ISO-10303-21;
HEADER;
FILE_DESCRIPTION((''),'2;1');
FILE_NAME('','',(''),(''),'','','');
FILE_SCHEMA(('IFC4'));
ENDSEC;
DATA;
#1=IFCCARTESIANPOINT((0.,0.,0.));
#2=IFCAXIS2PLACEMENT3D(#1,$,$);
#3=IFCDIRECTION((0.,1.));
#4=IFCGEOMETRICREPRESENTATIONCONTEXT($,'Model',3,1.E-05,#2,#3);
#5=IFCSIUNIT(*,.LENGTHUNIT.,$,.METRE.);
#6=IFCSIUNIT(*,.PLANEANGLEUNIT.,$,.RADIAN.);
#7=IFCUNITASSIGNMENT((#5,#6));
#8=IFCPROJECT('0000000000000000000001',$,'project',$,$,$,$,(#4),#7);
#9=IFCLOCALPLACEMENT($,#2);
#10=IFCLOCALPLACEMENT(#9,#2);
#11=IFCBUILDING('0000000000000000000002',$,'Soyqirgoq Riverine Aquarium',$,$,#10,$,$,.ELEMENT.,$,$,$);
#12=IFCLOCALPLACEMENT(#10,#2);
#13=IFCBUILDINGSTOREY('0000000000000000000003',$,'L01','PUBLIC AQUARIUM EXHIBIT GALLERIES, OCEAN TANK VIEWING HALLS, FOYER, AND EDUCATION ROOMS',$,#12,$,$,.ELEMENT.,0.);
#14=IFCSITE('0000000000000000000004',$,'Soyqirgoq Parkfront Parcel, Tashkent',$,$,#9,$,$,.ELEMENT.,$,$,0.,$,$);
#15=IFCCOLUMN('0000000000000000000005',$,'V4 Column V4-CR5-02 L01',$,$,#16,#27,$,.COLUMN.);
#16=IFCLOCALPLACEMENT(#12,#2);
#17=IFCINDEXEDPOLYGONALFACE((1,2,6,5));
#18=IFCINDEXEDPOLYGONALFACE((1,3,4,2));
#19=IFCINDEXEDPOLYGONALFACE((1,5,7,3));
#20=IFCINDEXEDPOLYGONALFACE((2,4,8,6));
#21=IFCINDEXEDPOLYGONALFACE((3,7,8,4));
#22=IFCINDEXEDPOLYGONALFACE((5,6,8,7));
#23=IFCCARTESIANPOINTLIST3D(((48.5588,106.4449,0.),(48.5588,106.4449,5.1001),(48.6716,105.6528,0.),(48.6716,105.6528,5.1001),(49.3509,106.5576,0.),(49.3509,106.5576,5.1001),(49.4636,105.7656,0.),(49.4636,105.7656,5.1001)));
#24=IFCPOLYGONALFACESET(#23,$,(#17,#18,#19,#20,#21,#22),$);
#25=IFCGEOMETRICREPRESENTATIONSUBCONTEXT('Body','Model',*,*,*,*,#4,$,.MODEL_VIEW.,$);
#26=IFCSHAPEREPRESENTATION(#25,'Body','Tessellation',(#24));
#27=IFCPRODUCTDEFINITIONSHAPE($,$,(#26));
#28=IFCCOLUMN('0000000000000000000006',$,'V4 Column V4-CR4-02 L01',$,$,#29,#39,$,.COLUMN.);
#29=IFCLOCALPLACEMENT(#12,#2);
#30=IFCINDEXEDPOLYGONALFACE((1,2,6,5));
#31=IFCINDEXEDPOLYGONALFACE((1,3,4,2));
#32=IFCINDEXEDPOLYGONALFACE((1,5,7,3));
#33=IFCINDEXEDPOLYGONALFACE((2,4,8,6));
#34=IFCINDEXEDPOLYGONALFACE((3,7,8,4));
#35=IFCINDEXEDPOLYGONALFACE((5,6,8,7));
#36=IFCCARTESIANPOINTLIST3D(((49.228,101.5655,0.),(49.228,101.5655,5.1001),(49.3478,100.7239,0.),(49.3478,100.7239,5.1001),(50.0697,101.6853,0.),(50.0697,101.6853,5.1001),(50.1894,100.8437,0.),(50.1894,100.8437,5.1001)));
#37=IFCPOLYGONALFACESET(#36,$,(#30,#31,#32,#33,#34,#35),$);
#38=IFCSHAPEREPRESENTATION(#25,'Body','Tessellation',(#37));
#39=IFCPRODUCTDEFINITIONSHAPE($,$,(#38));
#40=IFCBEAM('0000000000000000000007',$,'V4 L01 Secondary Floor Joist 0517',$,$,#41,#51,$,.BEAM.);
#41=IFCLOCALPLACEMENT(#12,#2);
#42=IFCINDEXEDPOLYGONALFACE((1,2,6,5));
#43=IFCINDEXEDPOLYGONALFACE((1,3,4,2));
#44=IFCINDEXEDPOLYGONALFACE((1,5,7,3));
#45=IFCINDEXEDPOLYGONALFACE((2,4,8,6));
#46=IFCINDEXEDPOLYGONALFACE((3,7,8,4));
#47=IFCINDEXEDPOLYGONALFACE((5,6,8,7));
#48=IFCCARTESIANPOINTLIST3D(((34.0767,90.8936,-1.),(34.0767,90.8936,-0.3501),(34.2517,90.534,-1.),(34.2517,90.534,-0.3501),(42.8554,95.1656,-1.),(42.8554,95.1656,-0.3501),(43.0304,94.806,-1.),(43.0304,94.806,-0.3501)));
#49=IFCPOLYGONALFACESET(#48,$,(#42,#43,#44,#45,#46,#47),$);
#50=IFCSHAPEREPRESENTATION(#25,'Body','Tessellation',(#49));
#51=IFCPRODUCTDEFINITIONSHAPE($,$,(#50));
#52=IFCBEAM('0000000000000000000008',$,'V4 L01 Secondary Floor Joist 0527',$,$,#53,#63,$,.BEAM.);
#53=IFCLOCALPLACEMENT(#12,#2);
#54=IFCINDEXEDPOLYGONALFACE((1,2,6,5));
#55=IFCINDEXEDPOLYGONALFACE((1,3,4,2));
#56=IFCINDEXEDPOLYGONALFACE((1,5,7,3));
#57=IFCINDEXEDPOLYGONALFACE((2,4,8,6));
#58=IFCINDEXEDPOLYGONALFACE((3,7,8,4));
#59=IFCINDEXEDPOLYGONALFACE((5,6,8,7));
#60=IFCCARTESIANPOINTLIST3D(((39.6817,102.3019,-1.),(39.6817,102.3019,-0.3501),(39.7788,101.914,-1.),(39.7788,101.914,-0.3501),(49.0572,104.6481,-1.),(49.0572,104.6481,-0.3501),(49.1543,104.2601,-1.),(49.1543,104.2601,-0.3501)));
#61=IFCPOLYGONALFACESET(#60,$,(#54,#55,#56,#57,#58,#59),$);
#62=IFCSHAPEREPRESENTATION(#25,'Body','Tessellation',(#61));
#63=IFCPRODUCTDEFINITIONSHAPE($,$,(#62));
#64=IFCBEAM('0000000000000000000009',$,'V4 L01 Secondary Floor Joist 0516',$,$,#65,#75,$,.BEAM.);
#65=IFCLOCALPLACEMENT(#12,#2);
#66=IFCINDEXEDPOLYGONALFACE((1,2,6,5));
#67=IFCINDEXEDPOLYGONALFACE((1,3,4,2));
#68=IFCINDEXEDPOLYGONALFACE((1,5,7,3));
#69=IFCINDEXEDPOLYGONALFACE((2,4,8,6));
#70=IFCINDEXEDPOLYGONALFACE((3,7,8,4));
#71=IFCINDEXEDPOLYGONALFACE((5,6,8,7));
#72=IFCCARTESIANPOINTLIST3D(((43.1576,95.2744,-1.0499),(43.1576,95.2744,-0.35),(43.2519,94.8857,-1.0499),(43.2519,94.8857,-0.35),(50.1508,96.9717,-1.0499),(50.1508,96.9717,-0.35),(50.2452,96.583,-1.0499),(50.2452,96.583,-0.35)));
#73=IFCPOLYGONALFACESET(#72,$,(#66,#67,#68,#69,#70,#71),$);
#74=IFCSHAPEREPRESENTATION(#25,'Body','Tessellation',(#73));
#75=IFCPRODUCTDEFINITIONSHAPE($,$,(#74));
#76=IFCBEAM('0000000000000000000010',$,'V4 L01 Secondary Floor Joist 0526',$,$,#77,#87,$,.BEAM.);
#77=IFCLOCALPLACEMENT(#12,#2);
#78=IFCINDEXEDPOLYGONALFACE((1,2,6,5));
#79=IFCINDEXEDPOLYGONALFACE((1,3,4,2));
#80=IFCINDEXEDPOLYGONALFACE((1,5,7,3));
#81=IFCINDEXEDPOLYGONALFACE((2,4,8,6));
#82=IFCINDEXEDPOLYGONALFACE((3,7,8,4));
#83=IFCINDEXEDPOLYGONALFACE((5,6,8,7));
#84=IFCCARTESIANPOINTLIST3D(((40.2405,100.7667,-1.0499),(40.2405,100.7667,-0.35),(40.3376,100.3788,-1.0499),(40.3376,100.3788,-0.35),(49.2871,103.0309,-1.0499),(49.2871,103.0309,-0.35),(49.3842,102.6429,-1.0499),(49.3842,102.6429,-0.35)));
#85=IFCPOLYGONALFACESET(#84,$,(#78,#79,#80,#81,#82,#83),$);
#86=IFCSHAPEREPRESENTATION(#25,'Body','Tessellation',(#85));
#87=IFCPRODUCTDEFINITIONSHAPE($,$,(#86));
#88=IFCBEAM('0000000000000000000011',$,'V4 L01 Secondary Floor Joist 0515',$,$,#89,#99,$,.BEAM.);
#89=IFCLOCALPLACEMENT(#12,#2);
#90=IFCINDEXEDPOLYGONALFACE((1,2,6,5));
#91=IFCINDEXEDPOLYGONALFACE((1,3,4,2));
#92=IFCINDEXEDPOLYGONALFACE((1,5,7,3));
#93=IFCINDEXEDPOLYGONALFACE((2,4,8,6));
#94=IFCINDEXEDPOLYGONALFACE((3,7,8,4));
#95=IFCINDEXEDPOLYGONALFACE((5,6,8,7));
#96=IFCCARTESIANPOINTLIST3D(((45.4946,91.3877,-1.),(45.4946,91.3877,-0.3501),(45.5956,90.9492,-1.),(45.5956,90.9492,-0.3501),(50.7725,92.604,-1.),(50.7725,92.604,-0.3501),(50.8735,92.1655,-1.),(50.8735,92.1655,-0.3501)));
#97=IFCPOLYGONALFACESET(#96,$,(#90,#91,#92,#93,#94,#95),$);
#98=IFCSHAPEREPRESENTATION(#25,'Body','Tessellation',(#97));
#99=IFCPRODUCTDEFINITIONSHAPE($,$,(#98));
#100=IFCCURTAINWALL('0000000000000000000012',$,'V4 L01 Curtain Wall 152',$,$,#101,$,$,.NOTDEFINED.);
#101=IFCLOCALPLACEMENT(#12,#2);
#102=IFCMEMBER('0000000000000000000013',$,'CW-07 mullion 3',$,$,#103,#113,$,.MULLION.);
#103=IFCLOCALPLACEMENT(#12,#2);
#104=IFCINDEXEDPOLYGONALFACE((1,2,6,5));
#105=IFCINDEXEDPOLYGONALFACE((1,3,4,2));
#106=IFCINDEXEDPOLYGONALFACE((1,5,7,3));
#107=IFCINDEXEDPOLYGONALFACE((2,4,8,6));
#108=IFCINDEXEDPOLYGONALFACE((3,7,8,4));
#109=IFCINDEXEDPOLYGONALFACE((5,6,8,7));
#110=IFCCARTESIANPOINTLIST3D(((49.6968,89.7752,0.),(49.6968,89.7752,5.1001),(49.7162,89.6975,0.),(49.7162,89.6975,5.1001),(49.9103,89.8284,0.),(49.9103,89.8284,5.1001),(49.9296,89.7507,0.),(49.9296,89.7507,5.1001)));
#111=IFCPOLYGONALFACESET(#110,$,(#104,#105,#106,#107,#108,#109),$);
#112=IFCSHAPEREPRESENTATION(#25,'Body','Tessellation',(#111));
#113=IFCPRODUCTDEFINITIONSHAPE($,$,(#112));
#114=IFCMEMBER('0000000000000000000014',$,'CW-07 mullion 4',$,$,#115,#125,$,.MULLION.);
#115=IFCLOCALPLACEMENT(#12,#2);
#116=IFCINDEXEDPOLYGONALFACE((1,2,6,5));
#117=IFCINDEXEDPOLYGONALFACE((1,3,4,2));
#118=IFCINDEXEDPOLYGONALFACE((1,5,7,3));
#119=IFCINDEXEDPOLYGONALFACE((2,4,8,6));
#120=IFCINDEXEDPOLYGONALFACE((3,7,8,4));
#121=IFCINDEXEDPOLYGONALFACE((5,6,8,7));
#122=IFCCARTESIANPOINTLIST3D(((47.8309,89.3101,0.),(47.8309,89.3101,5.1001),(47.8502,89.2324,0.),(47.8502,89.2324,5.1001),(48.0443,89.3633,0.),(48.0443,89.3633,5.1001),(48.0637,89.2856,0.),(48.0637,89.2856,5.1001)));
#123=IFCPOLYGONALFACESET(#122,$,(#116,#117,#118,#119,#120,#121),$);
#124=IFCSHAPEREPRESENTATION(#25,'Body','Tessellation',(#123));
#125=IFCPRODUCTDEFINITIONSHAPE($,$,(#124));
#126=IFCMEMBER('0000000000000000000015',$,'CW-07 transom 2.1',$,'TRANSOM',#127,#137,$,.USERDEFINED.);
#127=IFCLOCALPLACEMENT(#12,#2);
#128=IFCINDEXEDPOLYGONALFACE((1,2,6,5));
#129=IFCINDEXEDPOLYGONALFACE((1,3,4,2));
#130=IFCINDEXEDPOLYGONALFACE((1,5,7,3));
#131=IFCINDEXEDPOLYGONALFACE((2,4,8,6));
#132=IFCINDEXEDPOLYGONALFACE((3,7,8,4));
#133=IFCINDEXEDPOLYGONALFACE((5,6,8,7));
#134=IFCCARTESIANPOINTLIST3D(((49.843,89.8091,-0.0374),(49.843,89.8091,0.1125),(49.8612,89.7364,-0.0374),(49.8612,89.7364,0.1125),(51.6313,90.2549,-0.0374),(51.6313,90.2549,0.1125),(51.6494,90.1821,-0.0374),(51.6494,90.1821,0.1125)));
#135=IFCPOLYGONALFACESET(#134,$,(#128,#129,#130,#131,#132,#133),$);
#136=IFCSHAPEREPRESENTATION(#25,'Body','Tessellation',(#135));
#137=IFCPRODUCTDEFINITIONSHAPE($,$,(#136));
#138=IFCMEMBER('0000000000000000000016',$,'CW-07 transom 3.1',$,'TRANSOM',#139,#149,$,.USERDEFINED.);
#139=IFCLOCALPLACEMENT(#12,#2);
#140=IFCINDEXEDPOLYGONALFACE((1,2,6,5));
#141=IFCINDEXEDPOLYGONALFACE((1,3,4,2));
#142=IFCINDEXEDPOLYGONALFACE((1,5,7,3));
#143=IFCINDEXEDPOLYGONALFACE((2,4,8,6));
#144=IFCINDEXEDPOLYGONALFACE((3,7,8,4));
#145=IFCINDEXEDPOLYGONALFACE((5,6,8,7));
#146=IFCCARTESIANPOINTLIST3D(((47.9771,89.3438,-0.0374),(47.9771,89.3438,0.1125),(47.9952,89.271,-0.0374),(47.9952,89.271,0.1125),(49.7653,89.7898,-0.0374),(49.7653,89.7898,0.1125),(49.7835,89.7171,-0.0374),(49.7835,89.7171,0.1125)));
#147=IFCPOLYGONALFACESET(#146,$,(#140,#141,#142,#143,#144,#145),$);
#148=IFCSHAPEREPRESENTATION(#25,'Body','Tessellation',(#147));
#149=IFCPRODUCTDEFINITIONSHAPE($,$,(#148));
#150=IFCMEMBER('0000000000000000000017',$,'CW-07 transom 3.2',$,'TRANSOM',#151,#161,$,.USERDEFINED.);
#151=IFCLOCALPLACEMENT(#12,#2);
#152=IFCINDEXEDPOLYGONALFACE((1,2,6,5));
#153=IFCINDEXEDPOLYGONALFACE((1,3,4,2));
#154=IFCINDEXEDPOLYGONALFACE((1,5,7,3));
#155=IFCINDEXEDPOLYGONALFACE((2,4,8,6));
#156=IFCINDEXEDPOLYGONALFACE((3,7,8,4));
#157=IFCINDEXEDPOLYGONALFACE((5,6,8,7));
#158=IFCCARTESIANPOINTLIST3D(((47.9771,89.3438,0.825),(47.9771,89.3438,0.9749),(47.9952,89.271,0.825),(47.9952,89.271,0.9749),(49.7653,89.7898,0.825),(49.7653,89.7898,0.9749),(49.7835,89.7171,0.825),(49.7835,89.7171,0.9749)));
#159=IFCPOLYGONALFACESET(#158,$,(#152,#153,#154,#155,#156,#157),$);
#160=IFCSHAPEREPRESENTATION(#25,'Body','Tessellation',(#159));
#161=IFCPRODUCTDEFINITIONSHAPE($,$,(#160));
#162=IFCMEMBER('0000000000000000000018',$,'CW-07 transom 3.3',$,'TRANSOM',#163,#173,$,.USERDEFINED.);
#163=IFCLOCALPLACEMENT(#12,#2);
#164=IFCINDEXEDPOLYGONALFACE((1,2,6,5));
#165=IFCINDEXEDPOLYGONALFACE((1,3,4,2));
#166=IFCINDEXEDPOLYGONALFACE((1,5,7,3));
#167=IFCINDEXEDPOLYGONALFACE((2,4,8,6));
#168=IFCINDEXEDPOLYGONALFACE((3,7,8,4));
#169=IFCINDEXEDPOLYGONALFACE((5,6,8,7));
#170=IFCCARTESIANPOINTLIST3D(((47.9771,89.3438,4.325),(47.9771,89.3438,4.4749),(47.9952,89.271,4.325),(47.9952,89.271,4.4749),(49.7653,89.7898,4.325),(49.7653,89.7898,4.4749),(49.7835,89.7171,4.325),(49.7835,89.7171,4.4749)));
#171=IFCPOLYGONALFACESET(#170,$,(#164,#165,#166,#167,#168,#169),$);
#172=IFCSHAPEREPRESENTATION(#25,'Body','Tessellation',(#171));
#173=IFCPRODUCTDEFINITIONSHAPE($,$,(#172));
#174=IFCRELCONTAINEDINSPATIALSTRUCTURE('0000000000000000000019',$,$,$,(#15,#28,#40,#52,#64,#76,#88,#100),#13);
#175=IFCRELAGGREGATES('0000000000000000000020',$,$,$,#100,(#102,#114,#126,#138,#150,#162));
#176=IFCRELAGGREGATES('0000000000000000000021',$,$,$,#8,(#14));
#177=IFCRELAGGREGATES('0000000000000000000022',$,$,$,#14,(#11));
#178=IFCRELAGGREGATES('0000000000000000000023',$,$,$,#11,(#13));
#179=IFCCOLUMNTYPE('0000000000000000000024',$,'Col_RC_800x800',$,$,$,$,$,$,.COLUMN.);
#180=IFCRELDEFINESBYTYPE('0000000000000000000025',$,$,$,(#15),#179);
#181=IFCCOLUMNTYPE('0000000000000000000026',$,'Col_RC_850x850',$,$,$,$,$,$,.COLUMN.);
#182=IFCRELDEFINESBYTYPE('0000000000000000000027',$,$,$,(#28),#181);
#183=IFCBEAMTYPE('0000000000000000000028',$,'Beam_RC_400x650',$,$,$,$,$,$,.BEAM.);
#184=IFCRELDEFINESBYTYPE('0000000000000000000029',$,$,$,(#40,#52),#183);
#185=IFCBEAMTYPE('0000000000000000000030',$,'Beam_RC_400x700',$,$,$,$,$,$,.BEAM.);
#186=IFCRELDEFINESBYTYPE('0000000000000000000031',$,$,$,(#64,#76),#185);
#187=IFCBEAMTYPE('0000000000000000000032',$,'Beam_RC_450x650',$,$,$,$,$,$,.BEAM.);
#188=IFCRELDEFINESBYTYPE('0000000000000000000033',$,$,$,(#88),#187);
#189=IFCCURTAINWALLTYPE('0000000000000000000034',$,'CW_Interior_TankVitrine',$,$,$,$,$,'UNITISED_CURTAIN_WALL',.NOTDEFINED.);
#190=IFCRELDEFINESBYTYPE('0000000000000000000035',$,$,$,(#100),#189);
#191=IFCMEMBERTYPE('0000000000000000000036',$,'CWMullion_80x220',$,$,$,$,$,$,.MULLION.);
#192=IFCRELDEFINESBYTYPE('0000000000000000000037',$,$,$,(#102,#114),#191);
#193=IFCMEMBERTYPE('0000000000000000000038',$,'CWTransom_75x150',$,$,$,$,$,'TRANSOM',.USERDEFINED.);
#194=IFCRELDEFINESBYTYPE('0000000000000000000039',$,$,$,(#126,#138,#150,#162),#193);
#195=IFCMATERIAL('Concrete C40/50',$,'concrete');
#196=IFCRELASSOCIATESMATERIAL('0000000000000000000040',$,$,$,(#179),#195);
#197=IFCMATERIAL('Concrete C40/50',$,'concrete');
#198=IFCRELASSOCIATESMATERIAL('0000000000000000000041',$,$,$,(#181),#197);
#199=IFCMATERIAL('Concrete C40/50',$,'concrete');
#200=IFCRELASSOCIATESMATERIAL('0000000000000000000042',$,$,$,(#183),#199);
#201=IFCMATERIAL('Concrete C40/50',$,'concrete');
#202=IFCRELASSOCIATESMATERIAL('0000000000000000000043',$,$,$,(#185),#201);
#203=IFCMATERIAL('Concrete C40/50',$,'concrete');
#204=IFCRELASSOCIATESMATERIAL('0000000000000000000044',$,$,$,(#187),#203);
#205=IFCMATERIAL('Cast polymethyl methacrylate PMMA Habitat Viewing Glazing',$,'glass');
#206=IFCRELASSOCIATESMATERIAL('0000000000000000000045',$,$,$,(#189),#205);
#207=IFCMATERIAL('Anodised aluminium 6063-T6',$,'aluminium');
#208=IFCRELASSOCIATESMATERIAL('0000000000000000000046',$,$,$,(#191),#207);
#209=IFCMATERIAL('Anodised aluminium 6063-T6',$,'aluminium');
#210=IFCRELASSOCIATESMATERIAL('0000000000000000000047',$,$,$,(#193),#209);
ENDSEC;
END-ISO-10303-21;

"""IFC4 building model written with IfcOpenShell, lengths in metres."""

from ifc_helpers import new_model, si_unit, direction, frame, origin, origin_2d, place, context, subcontext, project, spatial, rectangle, extrude, material, material_profile, profile_set, type_object, element, aggregate, save


model = new_model("IFC4")

# Units and contexts
model_context = context("Model", 3, precision=1e-05, world=origin(), true_north=direction((0.0, 1.0)))
body_context = subcontext(model_context, "Body", "Model", "MODEL_VIEW")
ifc_project = project(units=[si_unit("LENGTHUNIT", "METRE"), si_unit("PLANEANGLEUNIT", "RADIAN")], contexts=[model_context])

# Site, building, storey
site_placement = place(None, origin())
site = spatial("IfcSite", under=ifc_project, at=site_placement, Name="Soyqirgoq Parkfront Parcel, Tashkent", CompositionType="ELEMENT", RefElevation=0.0)
building_placement = place(site_placement, origin())
building = spatial("IfcBuilding", under=site, at=building_placement, Name="Soyqirgoq Riverine Aquarium", CompositionType="ELEMENT")
storey_placement = place(building_placement, origin())
storey = spatial("IfcBuildingStorey", under=building, at=storey_placement, Name="L01", Description="PUBLIC AQUARIUM EXHIBIT GALLERIES, OCEAN TANK VIEWING HALLS, FOYER, AND EDUCATION ROOMS", CompositionType="ELEMENT", Elevation=0.0)

# Columns
ifc_material_1 = material(Name="Concrete C40/50", Category="concrete")
ifc_material_profile_1 = material_profile(ifc_material_1, rectangle(XDim=0.8, YDim=0.8, at=origin_2d()), Name="RC 800x800")
ifc_profile_set_1 = profile_set([ifc_material_profile_1], Name="Concrete C40/50")
column_type_1 = type_object("IfcColumnType", Name="Col_RC_800x800", PredefinedType="COLUMN", material=ifc_profile_set_1)
column_1_placement = place(storey_placement, frame((49.0112, 106.1052, 0.0), z_axis=(0.0, 0.0, 1.0), x_axis=(-0.140901, 0.990024, 0.0)))
element("IfcColumn", 1, at=column_1_placement, inside=storey, type_object=column_type_1, Name="V4 Column V4-CR5-02 L01", PredefinedType="COLUMN", context=body_context, shape_type="SweptSolid", body=[
    extrude(rectangle(XDim=0.8, YDim=0.8, at=origin_2d()), origin(), (0.0, 0.0, 1.0), 5.1001),
])
ifc_material_2 = material(Name="Concrete C40/50", Category="concrete")
ifc_material_profile_2 = material_profile(ifc_material_2, rectangle(XDim=0.8501, YDim=0.8501, at=origin_2d()), Name="RC 850x850")
ifc_profile_set_2 = profile_set([ifc_material_profile_2], Name="Concrete C40/50")
column_type_2 = type_object("IfcColumnType", Name="Col_RC_850x850", PredefinedType="COLUMN", material=ifc_profile_set_2)
column_2_placement = place(storey_placement, frame((49.7087, 101.2046, 0.0), z_axis=(0.0, 0.0, 1.0), x_axis=(-0.140901, 0.990024, 0.0)))
element("IfcColumn", 2, at=column_2_placement, inside=storey, type_object=column_type_2, Name="V4 Column V4-CR4-02 L01", PredefinedType="COLUMN", context=body_context, shape_type="SweptSolid", body=[
    extrude(rectangle(XDim=0.8501, YDim=0.8501, at=origin_2d()), origin(), (0.0, 0.0, 1.0), 5.1001),
])

# Beams
ifc_material_3 = material(Name="Concrete C40/50", Category="concrete")
ifc_material_profile_3 = material_profile(ifc_material_3, rectangle(XDim=0.3999, YDim=0.6499, at=origin_2d()), Name="RC 400x650")
ifc_profile_set_3 = profile_set([ifc_material_profile_3], Name="Concrete C40/50")
beam_type_1 = type_object("IfcBeamType", Name="Beam_RC_400x650", PredefinedType="BEAM", material=ifc_profile_set_3)
beam_1_placement = place(storey_placement, frame((42.9429, 94.9858, -0.675), z_axis=(-0.899182, -0.437575, 0.0), x_axis=(0.437575, -0.899182, 0.0)))
element("IfcBeam", 3, at=beam_1_placement, inside=storey, type_object=beam_type_1, Name="V4 L01 Secondary Floor Joist 0517", PredefinedType="BEAM", context=body_context, shape_type="SweptSolid", body=[
    extrude(rectangle(XDim=0.3999, YDim=0.6499, at=origin_2d()), origin(), (0.0, 0.0, 1.0), 9.7629),
])
beam_2_placement = place(storey_placement, frame((49.1057, 104.4541, -0.675), z_axis=(-0.970086, -0.242761, 0.0), x_axis=(0.242761, -0.970086, 0.0)))
element("IfcBeam", 4, at=beam_2_placement, inside=storey, type_object=beam_type_1, Name="V4 L01 Secondary Floor Joist 0527", PredefinedType="BEAM", context=body_context, shape_type="SweptSolid", body=[
    extrude(rectangle(XDim=0.3999, YDim=0.6499, at=origin_2d()), origin(), (0.0, 0.0, 1.0), 9.6646),
])
ifc_material_4 = material(Name="Concrete C40/50", Category="concrete")
ifc_material_profile_4 = material_profile(ifc_material_4, rectangle(XDim=0.3999, YDim=0.7, at=origin_2d()), Name="RC 400x700")
ifc_profile_set_4 = profile_set([ifc_material_profile_4], Name="Concrete C40/50")
beam_type_2 = type_object("IfcBeamType", Name="Beam_RC_400x700", PredefinedType="BEAM", material=ifc_profile_set_4)
beam_3_placement = place(storey_placement, frame((50.198, 96.7773, -0.7), z_axis=(-0.971788, -0.235856, 0.0), x_axis=(0.235856, -0.971788, 0.0)))
element("IfcBeam", 5, at=beam_3_placement, inside=storey, type_object=beam_type_2, Name="V4 L01 Secondary Floor Joist 0516", PredefinedType="BEAM", context=body_context, shape_type="SweptSolid", body=[
    extrude(rectangle(XDim=0.3999, YDim=0.7, at=origin_2d()), origin(), (0.0, 0.0, 1.0), 7.1963),
])
beam_4_placement = place(storey_placement, frame((49.3357, 102.8369, -0.7), z_axis=(-0.970079, -0.242788, 0.0), x_axis=(0.242788, -0.970079, 0.0)))
element("IfcBeam", 6, at=beam_4_placement, inside=storey, type_object=beam_type_2, Name="V4 L01 Secondary Floor Joist 0526", PredefinedType="BEAM", context=body_context, shape_type="SweptSolid", body=[
    extrude(rectangle(XDim=0.3999, YDim=0.7, at=origin_2d()), origin(), (0.0, 0.0, 1.0), 9.3257),
])
ifc_material_5 = material(Name="Concrete C40/50", Category="concrete")
ifc_material_profile_5 = material_profile(ifc_material_5, rectangle(XDim=0.45, YDim=0.6499, at=origin_2d()), Name="RC 450x650")
ifc_profile_set_5 = profile_set([ifc_material_profile_5], Name="Concrete C40/50")
beam_type_3 = type_object("IfcBeamType", Name="Beam_RC_450x650", PredefinedType="BEAM", material=ifc_profile_set_5)
beam_5_placement = place(storey_placement, frame((50.823, 92.3848, -0.675), z_axis=(-0.974458, -0.22457, 0.0), x_axis=(0.22457, -0.974458, 0.0)))
element("IfcBeam", 7, at=beam_5_placement, inside=storey, type_object=beam_type_3, Name="V4 L01 Secondary Floor Joist 0515", PredefinedType="BEAM", context=body_context, shape_type="SweptSolid", body=[
    extrude(rectangle(XDim=0.45, YDim=0.6499, at=origin_2d()), origin(), (0.0, 0.0, 1.0), 5.4163),
])

# Curtain wall, members
ifc_material_6 = material(Name="Cast polymethyl methacrylate PMMA Habitat Viewing Glazing", Category="glass")
curtain_wall_type = type_object("IfcCurtainWallType", Name="CW_Interior_TankVitrine", ElementType="UNITISED_CURTAIN_WALL", PredefinedType="NOTDEFINED", material=ifc_material_6)
curtain_wall_placement = place(storey_placement, origin())
curtain_wall = element("IfcCurtainWall", 8, at=curtain_wall_placement, inside=storey, type_object=curtain_wall_type, Name="V4 L01 Curtain Wall 152", PredefinedType="NOTDEFINED")
ifc_material_7 = material(Name="Anodised aluminium 6063-T6", Category="aluminium")
ifc_material_profile_6 = material_profile(ifc_material_7, rectangle(XDim=0.0801, YDim=0.22, at=origin_2d()), Name="ALU-M 80x220")
ifc_profile_set_6 = profile_set([ifc_material_profile_6], Name="Anodised aluminium 6063-T6")
member_type_1 = type_object("IfcMemberType", Name="CWMullion_80x220", PredefinedType="MULLION", material=ifc_profile_set_6)
member_1_placement = place(storey_placement, frame((49.8132, 89.7629, 0.0), z_axis=(0.0, 0.0, 1.0), x_axis=(0.241926, -0.970295, 0.0)))
member_1 = element("IfcMember", 9, at=member_1_placement, type_object=member_type_1, Name="CW-07 mullion 3", PredefinedType="MULLION", context=body_context, shape_type="SweptSolid", body=[
    extrude(rectangle(XDim=0.0801, YDim=0.22, at=origin_2d()), origin(), (0.0, 0.0, 1.0), 5.1001),
])
member_2_placement = place(storey_placement, frame((47.9473, 89.2979, 0.0), z_axis=(0.0, 0.0, 1.0), x_axis=(0.241926, -0.970295, 0.0)))
member_2 = element("IfcMember", 10, at=member_2_placement, type_object=member_type_1, Name="CW-07 mullion 4", PredefinedType="MULLION", context=body_context, shape_type="SweptSolid", body=[
    extrude(rectangle(XDim=0.0801, YDim=0.22, at=origin_2d()), origin(), (0.0, 0.0, 1.0), 5.1001),
])
ifc_material_8 = material(Name="Anodised aluminium 6063-T6", Category="aluminium")
ifc_material_profile_7 = material_profile(ifc_material_8, rectangle(XDim=0.075, YDim=0.1499, at=origin_2d()), Name="ALU-T 75x150")
ifc_profile_set_7 = profile_set([ifc_material_profile_7], Name="Anodised aluminium 6063-T6")
member_type_2 = type_object("IfcMemberType", Name="CWTransom_75x150", ElementType="TRANSOM", PredefinedType="USERDEFINED", material=ifc_profile_set_7)
member_3_placement = place(storey_placement, frame((51.6404, 90.2185, 0.0376), z_axis=(-0.970306, -0.241881, 0.0), x_axis=(0.241881, -0.970306, 0.0)))
member_3 = element("IfcMember", 11, at=member_3_placement, type_object=member_type_2, Name="CW-07 transom 2.1", ObjectType="TRANSOM", PredefinedType="USERDEFINED", context=body_context, shape_type="SweptSolid", body=[
    extrude(rectangle(XDim=0.075, YDim=0.1499, at=origin_2d()), origin(), (0.0, 0.0, 1.0), 1.843),
])
member_4_placement = place(storey_placement, frame((49.7744, 89.7534, 0.0376), z_axis=(-0.970275, -0.242006, 0.0), x_axis=(0.242006, -0.970275, 0.0)))
member_4 = element("IfcMember", 12, at=member_4_placement, type_object=member_type_2, Name="CW-07 transom 3.1", ObjectType="TRANSOM", PredefinedType="USERDEFINED", context=body_context, shape_type="SweptSolid", body=[
    extrude(rectangle(XDim=0.075, YDim=0.1499, at=origin_2d()), origin(), (0.0, 0.0, 1.0), 1.843),
])
member_5_placement = place(storey_placement, frame((49.7744, 89.7534, 0.8999), z_axis=(-0.970275, -0.242006, 0.0), x_axis=(0.242006, -0.970275, 0.0)))
member_5 = element("IfcMember", 13, at=member_5_placement, type_object=member_type_2, Name="CW-07 transom 3.2", ObjectType="TRANSOM", PredefinedType="USERDEFINED", context=body_context, shape_type="SweptSolid", body=[
    extrude(rectangle(XDim=0.075, YDim=0.1499, at=origin_2d()), origin(), (0.0, 0.0, 1.0), 1.843),
])
member_6_placement = place(storey_placement, frame((49.7744, 89.7534, 4.3999), z_axis=(-0.970275, -0.242006, 0.0), x_axis=(0.242006, -0.970275, 0.0)))
member_6 = element("IfcMember", 14, at=member_6_placement, type_object=member_type_2, Name="CW-07 transom 3.3", ObjectType="TRANSOM", PredefinedType="USERDEFINED", context=body_context, shape_type="SweptSolid", body=[
    extrude(rectangle(XDim=0.075, YDim=0.1499, at=origin_2d()), origin(), (0.0, 0.0, 1.0), 1.843),
])

aggregate(curtain_wall, [member_1, member_2, member_3, member_4, member_5, member_6])

save(model, "model.ifc")
